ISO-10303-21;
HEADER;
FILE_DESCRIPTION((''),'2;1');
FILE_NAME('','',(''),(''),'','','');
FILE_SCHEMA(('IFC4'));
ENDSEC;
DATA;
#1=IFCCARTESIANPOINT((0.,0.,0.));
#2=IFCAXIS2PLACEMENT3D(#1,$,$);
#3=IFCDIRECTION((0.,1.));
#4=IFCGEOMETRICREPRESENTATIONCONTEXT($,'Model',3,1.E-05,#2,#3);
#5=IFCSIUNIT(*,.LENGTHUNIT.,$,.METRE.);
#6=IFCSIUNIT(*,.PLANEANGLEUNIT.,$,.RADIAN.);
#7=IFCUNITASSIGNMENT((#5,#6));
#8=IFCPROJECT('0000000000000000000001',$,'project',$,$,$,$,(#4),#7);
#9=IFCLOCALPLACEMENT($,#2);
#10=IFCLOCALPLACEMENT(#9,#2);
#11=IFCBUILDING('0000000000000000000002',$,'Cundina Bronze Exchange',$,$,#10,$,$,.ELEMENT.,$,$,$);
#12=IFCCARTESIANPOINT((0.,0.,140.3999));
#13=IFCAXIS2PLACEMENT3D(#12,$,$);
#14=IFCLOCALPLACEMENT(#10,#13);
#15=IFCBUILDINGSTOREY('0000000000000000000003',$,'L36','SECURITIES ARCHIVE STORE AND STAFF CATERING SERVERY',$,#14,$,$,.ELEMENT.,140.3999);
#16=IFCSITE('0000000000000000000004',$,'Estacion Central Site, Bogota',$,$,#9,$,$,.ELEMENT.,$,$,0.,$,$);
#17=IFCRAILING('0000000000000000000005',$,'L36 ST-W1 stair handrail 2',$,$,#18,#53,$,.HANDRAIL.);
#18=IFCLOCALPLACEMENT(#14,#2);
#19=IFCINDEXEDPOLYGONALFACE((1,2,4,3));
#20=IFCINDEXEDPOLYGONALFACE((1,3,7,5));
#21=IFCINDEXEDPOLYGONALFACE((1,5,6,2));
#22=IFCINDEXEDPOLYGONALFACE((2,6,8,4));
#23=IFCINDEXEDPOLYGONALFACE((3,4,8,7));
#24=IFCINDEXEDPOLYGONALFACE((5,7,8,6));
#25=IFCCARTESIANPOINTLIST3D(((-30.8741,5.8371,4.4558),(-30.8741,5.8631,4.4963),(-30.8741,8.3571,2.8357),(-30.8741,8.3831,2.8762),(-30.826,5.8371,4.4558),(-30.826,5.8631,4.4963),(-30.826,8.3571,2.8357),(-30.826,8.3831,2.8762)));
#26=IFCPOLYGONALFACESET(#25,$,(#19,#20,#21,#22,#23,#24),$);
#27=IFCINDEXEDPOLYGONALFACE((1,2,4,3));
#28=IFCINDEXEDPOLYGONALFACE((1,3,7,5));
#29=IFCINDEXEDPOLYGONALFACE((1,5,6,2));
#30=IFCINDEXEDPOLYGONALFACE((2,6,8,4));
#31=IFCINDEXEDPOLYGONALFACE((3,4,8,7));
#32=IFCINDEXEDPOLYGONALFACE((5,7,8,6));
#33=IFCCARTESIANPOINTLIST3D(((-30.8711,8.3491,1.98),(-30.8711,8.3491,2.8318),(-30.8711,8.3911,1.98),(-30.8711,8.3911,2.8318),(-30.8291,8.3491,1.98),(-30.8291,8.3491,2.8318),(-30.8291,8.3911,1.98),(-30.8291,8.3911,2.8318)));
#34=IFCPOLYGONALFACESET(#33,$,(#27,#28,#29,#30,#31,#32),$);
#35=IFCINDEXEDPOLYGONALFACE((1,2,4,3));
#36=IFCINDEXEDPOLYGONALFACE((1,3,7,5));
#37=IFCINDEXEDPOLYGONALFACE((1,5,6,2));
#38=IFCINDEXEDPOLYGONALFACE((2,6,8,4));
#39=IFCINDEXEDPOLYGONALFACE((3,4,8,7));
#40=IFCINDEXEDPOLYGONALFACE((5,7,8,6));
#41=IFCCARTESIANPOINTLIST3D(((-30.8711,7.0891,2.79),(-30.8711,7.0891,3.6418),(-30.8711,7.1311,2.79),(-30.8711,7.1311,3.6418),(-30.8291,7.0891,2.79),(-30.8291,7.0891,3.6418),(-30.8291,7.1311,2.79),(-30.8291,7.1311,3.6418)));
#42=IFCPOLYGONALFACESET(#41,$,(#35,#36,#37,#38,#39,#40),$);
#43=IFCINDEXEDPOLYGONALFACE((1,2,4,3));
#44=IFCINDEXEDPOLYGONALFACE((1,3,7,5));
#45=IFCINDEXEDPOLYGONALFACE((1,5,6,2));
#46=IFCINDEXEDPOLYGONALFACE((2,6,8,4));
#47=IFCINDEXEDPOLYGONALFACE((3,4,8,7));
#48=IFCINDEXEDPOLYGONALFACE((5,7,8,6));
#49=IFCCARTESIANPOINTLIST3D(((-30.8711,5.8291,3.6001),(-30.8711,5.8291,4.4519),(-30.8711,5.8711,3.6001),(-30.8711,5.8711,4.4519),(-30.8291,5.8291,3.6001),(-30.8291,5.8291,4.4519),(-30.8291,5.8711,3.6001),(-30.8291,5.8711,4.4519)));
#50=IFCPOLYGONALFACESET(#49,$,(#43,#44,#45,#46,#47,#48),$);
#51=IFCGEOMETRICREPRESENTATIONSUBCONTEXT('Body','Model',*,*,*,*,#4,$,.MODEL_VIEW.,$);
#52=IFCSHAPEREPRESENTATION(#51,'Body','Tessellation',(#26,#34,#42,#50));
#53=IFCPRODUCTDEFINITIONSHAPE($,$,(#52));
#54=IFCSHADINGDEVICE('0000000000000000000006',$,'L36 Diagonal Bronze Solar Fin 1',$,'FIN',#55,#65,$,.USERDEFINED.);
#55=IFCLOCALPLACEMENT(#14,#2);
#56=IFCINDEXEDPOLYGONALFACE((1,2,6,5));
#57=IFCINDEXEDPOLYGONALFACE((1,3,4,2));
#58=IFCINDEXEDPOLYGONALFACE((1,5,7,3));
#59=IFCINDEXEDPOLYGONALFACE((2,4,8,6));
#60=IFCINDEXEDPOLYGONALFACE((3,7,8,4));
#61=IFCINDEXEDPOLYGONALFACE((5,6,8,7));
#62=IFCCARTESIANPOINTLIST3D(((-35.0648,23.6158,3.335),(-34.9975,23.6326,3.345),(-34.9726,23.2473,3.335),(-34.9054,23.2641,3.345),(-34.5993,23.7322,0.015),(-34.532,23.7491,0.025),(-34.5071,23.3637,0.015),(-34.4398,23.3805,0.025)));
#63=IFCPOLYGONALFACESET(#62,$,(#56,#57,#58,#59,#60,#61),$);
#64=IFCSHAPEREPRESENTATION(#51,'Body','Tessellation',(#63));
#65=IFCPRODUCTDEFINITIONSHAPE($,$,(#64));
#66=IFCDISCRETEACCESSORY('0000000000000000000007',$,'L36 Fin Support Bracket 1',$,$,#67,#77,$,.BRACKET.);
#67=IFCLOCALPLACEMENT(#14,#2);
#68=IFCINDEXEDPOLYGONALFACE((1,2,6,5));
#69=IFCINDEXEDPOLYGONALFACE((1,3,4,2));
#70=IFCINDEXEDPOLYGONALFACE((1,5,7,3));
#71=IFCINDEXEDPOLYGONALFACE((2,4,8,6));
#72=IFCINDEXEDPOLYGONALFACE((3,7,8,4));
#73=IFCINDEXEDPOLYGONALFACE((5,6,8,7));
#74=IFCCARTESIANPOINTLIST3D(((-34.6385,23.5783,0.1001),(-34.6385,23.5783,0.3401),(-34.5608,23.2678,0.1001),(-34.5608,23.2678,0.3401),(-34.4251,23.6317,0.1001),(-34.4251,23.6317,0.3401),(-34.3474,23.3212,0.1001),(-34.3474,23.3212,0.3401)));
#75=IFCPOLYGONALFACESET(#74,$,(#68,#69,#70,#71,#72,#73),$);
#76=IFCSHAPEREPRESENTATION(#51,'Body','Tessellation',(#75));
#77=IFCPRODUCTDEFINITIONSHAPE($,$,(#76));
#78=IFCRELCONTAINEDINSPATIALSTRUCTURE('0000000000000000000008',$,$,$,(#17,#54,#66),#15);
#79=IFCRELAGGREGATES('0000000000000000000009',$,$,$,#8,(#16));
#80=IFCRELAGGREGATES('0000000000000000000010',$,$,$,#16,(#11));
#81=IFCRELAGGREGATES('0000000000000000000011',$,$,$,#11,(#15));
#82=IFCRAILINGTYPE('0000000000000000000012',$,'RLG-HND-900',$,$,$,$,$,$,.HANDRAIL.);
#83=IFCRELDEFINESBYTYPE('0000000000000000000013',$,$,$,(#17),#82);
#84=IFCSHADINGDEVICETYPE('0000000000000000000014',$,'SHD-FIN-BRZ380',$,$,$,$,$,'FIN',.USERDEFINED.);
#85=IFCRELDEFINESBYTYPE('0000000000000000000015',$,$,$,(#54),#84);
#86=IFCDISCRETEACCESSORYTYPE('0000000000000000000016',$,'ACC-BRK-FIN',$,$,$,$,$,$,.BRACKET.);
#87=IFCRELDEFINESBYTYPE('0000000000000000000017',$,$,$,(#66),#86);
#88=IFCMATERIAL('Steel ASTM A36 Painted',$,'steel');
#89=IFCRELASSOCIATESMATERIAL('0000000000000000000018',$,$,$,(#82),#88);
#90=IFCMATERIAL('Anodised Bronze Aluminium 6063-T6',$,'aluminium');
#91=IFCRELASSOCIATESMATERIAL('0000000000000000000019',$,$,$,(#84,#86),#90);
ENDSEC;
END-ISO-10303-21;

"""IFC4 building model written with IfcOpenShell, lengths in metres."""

from ifc_helpers import new_model, si_unit, direction, frame, origin, origin_2d, place, context, subcontext, project, spatial, rectangle, extrude, material, material_profile, profile_set, type_object, element, save


model = new_model("IFC4")

# Units and contexts
model_context = context("Model", 3, precision=1e-05, world=origin(), true_north=direction((0.0, 1.0)))
body_context = subcontext(model_context, "Body", "Model", "MODEL_VIEW")
ifc_project = project(units=[si_unit("LENGTHUNIT", "METRE"), si_unit("PLANEANGLEUNIT", "RADIAN")], contexts=[model_context])

# Site, building, storey
site_placement = place(None, origin())
site = spatial("IfcSite", under=ifc_project, at=site_placement, Name="Estacion Central Site, Bogota", CompositionType="ELEMENT", RefElevation=0.0)
building_placement = place(site_placement, origin())
building = spatial("IfcBuilding", under=site, at=building_placement, Name="Cundina Bronze Exchange", CompositionType="ELEMENT")
storey_placement = place(building_placement, frame((0.0, 0.0, 140.3999)))
storey = spatial("IfcBuildingStorey", under=building, at=storey_placement, Name="L36", Description="SECURITIES ARCHIVE STORE AND STAFF CATERING SERVERY", CompositionType="ELEMENT", Elevation=140.3999)

# Shared definitions
ifc_material_1 = material(Name="Anodised Bronze Aluminium 6063-T6", Category="aluminium")

# Shared definitions
ifc_material_2 = material(Name="Steel ASTM A36 Painted", Category="steel")

# Railing
railing_type = type_object("IfcRailingType", Name="RLG-HND-900", PredefinedType="HANDRAIL", material=ifc_material_2)
railing_placement = place(storey_placement, frame((-30.8501, 8.3701, 1.98)))
element("IfcRailing", 1, at=railing_placement, inside=storey, type_object=railing_type, Name="L36 ST-W1 stair handrail 2", PredefinedType="HANDRAIL", context=body_context, shape_type="SweptSolid", body=[
    extrude(rectangle(XDim=0.0481, YDim=0.0481, at=origin_2d()), frame((0.0, 0.0, 0.876), z_axis=(0.0, -0.841163, 0.540782), x_axis=(1.0, 0.0, 0.0)), (0.0, 0.0, 1.0), 2.9958),
    extrude(rectangle(XDim=0.042, YDim=0.042, at=origin_2d()), origin(), (0.0, 0.0, 1.0), 0.8518),
    extrude(rectangle(XDim=0.042, YDim=0.042, at=origin_2d()), frame((0.0, -1.26, 0.8101)), (0.0, 0.0, 1.0), 0.8518),
    extrude(rectangle(XDim=0.042, YDim=0.042, at=origin_2d()), frame((0.0, -2.52, 1.6201)), (0.0, 0.0, 1.0), 0.8518),
])

# Shading device
ifc_material_profile_1 = material_profile(ifc_material_1, rectangle(XDim=0.0701, YDim=0.3799, at=origin_2d()), Name="FIN70X380", Category="aluminium")
ifc_profile_set_1 = profile_set([ifc_material_profile_1], Name="Anodised Bronze Aluminium 6063-T6")
shading_device_type = type_object("IfcShadingDeviceType", Name="SHD-FIN-BRZ380", ElementType="FIN", PredefinedType="USERDEFINED", material=ifc_profile_set_1)
shading_device_placement = place(storey_placement, frame((-34.5195, 23.5564, 0.02), z_axis=(-0.138788, -0.034715, 0.989713), x_axis=(0.960133, 0.240159, 0.143064)))
element("IfcShadingDevice", 2, at=shading_device_placement, inside=storey, type_object=shading_device_type, Name="L36 Diagonal Bronze Solar Fin 1", ObjectType="FIN", PredefinedType="USERDEFINED", context=body_context, shape_type="SweptSolid", body=[
    extrude(rectangle(XDim=0.0701, YDim=0.3799, at=origin_2d()), origin(), (0.0, 0.0, 1.0), 3.3545),
])

# Discrete accessory
discrete_accessory_type = type_object("IfcDiscreteAccessoryType", Name="ACC-BRK-FIN", PredefinedType="BRACKET", material=ifc_material_1)
discrete_accessory_placement = place(storey_placement, frame((-34.4929, 23.4497, 0.1001), z_axis=(0.0, 0.0, 1.0), x_axis=(-0.970093, -0.242735, 0.0)))
element("IfcDiscreteAccessory", 3, at=discrete_accessory_placement, inside=storey, type_object=discrete_accessory_type, Name="L36 Fin Support Bracket 1", PredefinedType="BRACKET", context=body_context, shape_type="SweptSolid", body=[
    extrude(rectangle(XDim=0.22, YDim=0.3201, at=origin_2d()), origin(), (0.0, 0.0, 1.0), 0.24),
])

save(model, "model.ifc")
